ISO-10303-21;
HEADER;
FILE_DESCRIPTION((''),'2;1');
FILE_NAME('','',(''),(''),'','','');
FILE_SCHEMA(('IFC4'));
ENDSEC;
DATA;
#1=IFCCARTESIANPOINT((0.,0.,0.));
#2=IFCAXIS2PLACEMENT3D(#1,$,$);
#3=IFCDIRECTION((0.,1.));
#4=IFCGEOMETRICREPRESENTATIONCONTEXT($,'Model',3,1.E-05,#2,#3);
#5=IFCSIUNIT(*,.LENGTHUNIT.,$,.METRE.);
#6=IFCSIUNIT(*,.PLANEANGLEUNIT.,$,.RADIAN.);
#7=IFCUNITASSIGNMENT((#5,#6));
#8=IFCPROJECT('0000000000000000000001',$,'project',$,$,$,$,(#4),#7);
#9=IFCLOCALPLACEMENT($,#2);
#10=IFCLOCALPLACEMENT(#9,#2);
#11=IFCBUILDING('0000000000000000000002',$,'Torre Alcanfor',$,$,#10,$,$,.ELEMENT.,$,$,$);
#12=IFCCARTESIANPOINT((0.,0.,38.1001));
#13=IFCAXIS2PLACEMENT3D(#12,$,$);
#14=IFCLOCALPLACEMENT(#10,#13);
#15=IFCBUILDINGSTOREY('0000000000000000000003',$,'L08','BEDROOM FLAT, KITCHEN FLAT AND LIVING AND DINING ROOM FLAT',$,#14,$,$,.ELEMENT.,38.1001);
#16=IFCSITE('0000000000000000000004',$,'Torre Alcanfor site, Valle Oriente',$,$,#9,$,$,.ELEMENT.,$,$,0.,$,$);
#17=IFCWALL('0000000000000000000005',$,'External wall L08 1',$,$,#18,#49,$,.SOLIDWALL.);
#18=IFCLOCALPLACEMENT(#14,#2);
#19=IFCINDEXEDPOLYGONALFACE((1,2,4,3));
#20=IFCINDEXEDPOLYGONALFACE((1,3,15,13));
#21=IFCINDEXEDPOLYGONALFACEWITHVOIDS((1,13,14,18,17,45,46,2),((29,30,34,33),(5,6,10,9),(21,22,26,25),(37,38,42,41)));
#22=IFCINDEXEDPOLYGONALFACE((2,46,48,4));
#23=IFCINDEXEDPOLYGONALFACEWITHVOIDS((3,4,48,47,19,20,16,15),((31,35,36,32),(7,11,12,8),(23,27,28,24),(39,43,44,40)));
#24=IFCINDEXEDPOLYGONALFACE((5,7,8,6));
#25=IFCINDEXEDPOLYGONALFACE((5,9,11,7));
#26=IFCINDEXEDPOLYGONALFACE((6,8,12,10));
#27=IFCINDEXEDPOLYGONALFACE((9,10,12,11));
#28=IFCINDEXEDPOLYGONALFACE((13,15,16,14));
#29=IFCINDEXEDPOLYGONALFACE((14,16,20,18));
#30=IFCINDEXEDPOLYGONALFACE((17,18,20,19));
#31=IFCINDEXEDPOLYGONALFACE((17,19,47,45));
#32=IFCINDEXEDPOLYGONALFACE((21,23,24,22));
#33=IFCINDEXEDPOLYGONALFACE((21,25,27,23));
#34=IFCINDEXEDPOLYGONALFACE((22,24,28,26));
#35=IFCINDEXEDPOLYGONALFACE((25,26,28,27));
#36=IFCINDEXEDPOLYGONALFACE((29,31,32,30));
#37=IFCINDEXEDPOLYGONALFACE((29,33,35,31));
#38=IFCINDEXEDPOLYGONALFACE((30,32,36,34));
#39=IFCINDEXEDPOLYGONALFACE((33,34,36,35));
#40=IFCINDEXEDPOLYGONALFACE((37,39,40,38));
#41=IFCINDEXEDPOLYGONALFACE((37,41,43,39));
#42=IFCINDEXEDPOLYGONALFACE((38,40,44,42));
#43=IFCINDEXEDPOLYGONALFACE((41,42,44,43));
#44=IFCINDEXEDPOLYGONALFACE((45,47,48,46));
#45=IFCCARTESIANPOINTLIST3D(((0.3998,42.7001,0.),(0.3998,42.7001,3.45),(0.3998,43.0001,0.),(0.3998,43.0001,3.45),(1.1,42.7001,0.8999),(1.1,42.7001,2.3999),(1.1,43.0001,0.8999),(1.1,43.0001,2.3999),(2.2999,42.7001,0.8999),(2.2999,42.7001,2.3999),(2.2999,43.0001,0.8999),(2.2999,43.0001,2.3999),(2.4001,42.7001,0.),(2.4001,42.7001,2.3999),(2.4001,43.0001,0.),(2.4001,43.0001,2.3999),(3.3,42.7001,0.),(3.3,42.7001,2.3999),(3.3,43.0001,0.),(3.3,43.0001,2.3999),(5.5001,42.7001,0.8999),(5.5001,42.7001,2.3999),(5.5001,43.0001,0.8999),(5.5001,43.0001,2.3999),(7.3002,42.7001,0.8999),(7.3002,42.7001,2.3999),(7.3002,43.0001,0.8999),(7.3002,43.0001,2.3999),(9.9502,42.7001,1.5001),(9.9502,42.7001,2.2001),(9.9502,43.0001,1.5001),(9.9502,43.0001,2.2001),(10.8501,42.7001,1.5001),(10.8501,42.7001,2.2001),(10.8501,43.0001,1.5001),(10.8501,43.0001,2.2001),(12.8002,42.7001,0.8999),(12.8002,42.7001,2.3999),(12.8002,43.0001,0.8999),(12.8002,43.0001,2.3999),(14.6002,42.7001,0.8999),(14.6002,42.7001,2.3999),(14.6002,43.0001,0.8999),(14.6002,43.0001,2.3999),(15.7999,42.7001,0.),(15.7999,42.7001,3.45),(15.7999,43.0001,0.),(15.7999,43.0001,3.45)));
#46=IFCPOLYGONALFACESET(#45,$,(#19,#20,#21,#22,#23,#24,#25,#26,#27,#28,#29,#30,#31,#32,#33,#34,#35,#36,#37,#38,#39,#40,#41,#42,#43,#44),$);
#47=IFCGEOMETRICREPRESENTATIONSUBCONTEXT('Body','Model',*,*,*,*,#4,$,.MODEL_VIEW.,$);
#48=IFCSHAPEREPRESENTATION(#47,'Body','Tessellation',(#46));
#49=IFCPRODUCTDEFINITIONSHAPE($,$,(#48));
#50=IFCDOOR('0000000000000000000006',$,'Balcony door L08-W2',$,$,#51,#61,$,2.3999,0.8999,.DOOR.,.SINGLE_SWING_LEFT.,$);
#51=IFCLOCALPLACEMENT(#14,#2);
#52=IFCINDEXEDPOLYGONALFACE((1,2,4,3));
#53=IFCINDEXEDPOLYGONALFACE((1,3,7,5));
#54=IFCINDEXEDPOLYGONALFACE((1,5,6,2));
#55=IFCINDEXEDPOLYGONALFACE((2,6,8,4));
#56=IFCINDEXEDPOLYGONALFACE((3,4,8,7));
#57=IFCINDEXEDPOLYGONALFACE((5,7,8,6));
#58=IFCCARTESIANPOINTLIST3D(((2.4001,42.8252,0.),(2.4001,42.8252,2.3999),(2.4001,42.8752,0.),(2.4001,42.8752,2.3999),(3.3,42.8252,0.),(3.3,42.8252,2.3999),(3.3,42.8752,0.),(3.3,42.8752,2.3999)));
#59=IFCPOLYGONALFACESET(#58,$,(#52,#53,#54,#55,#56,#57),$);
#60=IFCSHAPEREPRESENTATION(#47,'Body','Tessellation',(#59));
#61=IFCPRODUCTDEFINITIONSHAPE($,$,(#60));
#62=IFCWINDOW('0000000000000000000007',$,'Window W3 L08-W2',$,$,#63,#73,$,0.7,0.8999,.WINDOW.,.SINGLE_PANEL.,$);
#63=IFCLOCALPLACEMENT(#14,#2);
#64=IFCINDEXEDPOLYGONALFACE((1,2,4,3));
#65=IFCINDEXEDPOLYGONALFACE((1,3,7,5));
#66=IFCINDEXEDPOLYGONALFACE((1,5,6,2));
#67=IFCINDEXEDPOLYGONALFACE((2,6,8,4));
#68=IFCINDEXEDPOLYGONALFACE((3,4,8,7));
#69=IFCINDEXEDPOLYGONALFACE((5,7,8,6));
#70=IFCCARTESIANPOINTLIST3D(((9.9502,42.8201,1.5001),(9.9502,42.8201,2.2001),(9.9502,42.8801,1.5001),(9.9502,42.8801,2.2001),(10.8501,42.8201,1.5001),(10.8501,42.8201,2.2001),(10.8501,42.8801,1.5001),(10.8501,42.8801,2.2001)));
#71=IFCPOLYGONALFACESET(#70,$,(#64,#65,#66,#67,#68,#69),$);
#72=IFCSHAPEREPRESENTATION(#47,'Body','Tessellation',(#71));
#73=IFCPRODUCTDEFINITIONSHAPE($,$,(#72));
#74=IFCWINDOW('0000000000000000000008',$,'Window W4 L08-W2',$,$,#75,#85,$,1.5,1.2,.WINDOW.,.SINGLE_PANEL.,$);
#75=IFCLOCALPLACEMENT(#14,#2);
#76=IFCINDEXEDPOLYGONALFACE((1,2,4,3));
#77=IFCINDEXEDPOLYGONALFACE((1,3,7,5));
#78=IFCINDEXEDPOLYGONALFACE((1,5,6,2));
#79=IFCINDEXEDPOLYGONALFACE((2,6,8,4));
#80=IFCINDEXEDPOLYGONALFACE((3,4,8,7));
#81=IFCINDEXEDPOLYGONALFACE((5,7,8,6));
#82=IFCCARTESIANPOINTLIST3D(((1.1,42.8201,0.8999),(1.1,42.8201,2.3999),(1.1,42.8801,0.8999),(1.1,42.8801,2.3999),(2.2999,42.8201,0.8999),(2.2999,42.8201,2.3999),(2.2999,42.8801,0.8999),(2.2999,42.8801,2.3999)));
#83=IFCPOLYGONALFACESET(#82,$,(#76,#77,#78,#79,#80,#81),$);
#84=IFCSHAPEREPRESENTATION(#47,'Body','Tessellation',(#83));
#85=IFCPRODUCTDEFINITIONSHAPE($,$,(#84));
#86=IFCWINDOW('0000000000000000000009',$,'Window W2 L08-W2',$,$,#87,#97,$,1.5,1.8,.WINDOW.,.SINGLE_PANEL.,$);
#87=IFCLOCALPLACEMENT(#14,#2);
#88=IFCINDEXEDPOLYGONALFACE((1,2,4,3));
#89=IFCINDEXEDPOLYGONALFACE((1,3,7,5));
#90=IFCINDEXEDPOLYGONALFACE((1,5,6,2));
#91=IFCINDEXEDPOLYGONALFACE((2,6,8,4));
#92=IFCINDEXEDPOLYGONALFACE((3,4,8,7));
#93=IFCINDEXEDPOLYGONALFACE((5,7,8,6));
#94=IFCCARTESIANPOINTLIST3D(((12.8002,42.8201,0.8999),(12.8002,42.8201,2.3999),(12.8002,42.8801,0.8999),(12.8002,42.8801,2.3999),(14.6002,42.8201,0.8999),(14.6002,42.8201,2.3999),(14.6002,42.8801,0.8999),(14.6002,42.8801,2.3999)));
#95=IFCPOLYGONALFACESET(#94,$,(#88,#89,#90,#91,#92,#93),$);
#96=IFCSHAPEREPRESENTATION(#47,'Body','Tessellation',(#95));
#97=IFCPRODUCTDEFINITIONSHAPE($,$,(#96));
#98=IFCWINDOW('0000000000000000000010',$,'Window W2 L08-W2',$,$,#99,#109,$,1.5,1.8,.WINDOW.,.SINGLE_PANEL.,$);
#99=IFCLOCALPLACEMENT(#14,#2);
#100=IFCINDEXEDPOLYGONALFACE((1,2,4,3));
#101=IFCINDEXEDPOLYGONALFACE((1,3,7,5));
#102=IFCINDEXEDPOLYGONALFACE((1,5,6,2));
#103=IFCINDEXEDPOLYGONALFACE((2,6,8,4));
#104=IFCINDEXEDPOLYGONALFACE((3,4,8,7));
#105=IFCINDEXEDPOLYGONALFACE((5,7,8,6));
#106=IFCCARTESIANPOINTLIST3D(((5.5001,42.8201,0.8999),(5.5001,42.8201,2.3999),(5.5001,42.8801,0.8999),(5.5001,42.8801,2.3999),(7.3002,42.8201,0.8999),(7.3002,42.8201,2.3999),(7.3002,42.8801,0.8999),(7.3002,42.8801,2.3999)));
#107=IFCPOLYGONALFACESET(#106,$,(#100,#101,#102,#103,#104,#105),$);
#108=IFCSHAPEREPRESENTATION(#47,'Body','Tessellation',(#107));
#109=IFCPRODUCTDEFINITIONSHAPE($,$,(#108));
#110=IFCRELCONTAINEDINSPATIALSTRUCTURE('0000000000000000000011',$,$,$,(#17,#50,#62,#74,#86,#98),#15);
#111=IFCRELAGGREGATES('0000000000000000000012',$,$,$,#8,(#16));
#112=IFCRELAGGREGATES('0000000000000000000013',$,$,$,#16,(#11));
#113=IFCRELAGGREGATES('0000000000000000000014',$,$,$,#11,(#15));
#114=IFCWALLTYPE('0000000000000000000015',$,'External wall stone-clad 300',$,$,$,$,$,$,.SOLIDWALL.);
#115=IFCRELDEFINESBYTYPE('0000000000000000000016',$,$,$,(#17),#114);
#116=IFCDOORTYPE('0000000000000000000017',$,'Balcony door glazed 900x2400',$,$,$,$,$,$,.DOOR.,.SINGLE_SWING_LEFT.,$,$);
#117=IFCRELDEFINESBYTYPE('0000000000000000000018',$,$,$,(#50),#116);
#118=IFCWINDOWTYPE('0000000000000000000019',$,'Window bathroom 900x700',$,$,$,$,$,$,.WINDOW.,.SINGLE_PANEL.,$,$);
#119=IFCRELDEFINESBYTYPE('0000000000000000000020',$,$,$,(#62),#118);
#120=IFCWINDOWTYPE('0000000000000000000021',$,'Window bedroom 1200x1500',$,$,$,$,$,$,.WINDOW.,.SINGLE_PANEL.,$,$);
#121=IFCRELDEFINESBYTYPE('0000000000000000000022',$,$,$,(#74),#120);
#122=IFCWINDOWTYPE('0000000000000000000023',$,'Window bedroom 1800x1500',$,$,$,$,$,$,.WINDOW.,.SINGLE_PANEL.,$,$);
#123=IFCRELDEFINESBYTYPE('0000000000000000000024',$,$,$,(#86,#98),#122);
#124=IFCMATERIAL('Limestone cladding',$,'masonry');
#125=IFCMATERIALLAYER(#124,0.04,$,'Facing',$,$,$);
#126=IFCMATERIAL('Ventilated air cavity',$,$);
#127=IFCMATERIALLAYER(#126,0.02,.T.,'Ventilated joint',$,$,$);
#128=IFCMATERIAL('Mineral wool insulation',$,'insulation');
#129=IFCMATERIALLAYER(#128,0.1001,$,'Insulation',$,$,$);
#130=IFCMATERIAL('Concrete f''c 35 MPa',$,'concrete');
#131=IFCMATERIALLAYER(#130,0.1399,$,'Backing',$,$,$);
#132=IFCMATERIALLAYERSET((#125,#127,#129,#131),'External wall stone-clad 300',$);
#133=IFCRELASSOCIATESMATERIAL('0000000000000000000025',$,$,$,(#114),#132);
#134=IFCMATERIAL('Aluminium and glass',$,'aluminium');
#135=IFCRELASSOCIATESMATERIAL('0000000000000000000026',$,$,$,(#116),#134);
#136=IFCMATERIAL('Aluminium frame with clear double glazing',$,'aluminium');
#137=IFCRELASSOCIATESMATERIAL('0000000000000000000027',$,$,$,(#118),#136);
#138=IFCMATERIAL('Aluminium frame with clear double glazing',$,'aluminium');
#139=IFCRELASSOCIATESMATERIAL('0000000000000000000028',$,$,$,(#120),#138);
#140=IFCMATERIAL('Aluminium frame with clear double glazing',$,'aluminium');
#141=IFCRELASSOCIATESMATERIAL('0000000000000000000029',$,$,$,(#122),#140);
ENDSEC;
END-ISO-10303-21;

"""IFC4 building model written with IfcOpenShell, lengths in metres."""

from ifc_helpers import new_model, si_unit, direction, frame, frame_2d, origin, place, context, subcontext, project, spatial, rectangle, extrude, material, layer, layer_set, type_object, element, fill, save


model = new_model("IFC4")

# Units and contexts
model_context = context("Model", 3, precision=1e-05, world=origin(), true_north=direction((0.0, 1.0)))
body_context = subcontext(model_context, "Body", "Model", "MODEL_VIEW")
ifc_project = project(units=[si_unit("LENGTHUNIT", "METRE"), si_unit("PLANEANGLEUNIT", "RADIAN")], contexts=[model_context])

# Site, building, storey
site_placement = place(None, origin())
site = spatial("IfcSite", under=ifc_project, at=site_placement, Name="Torre Alcanfor site, Valle Oriente", CompositionType="ELEMENT", RefElevation=0.0)
building_placement = place(site_placement, origin())
building = spatial("IfcBuilding", under=site, at=building_placement, Name="Torre Alcanfor", CompositionType="ELEMENT")
storey_placement = place(building_placement, frame((0.0, 0.0, 38.1001)))
storey = spatial("IfcBuildingStorey", under=building, at=storey_placement, Name="L08", Description="BEDROOM FLAT, KITCHEN FLAT AND LIVING AND DINING ROOM FLAT", CompositionType="ELEMENT", Elevation=38.1001)

# Wall, openings, door, windows
ifc_material_1 = material(Name="Limestone cladding", Category="masonry")
ifc_layer_1 = layer(ifc_material_1, 0.04, Name="Facing")
ifc_material_2 = material(Name="Ventilated air cavity")
ifc_layer_2 = layer(ifc_material_2, 0.02, ventilated=True, Name="Ventilated joint")
ifc_material_3 = material(Name="Mineral wool insulation", Category="insulation")
ifc_layer_3 = layer(ifc_material_3, 0.1001, Name="Insulation")
ifc_material_4 = material(Name="Concrete f'c 35 MPa", Category="concrete")
ifc_layer_4 = layer(ifc_material_4, 0.1399, Name="Backing")
ifc_layer_set_1 = layer_set([ifc_layer_1, ifc_layer_2, ifc_layer_3, ifc_layer_4], Name="External wall stone-clad 300")
wall_type = type_object("IfcWallType", Name="External wall stone-clad 300", PredefinedType="SOLIDWALL", material=ifc_layer_set_1)
wall_placement = place(storey_placement, frame((15.8, 42.8501, 0.0), z_axis=(0.0, 0.0, 1.0), x_axis=(-1.0, 0.0, 0.0)))
wall = element("IfcWall", 1, at=wall_placement, inside=storey, type_object=wall_type, Name="External wall L08 1", PredefinedType="SOLIDWALL", context=body_context, shape_type="SweptSolid", body=[
    extrude(rectangle(XDim=15.4001, YDim=0.3, at=frame_2d((7.7002, 0.0))), origin(), (0.0, 0.0, 1.0), 3.45),
])
opening_1_placement = place(wall_placement, frame((1.2, 0.0, 0.8999)))
opening_1 = element("IfcOpeningElement", 2, at=opening_1_placement, cuts=wall, PredefinedType="OPENING", context=body_context, shape_type="SweptSolid", body=[
    extrude(rectangle(XDim=1.8, YDim=1.5, at=frame_2d((0.8999, 0.75))), frame((0.0, 0.1599, 0.0), z_axis=(0.0, -1.0, 0.0), x_axis=(1.0, 0.0, 0.0)), (0.0, 0.0, 1.0), 0.3201),
])
opening_2_placement = place(wall_placement, frame((4.95, 0.0, 1.5)))
opening_2 = element("IfcOpeningElement", 3, at=opening_2_placement, cuts=wall, PredefinedType="OPENING", context=body_context, shape_type="SweptSolid", body=[
    extrude(rectangle(XDim=0.8999, YDim=0.7, at=frame_2d((0.45, 0.3501))), frame((0.0, 0.1599, 0.0), z_axis=(0.0, -1.0, 0.0), x_axis=(1.0, 0.0, 0.0)), (0.0, 0.0, 1.0), 0.3201),
])
opening_3_placement = place(wall_placement, frame((8.5, 0.0, 0.8999)))
opening_3 = element("IfcOpeningElement", 4, at=opening_3_placement, cuts=wall, PredefinedType="OPENING", context=body_context, shape_type="SweptSolid", body=[
    extrude(rectangle(XDim=1.8, YDim=1.5, at=frame_2d((0.8999, 0.75))), frame((0.0, 0.1599, 0.0), z_axis=(0.0, -1.0, 0.0), x_axis=(1.0, 0.0, 0.0)), (0.0, 0.0, 1.0), 0.3201),
])
opening_4_placement = place(wall_placement, frame((12.5, 0.0, 0.0)))
opening_4 = element("IfcOpeningElement", 5, at=opening_4_placement, cuts=wall, PredefinedType="OPENING", context=body_context, shape_type="SweptSolid", body=[
    extrude(rectangle(XDim=0.8999, YDim=2.3999, at=frame_2d((0.45, 1.2))), frame((0.0, 0.1599, 0.0), z_axis=(0.0, -1.0, 0.0), x_axis=(1.0, 0.0, 0.0)), (0.0, 0.0, 1.0), 0.3201),
])
opening_5_placement = place(wall_placement, frame((13.5, 0.0, 0.8999)))
opening_5 = element("IfcOpeningElement", 6, at=opening_5_placement, cuts=wall, PredefinedType="OPENING", context=body_context, shape_type="SweptSolid", body=[
    extrude(rectangle(XDim=1.2, YDim=1.5, at=frame_2d((0.6001, 0.75))), frame((0.0, 0.1599, 0.0), z_axis=(0.0, -1.0, 0.0), x_axis=(1.0, 0.0, 0.0)), (0.0, 0.0, 1.0), 0.3201),
])
ifc_material_5 = material(Name="Aluminium and glass", Category="aluminium")
door_type = type_object("IfcDoorType", Name="Balcony door glazed 900x2400", OperationType="SINGLE_SWING_LEFT", PredefinedType="DOOR", material=ifc_material_5)
door_placement = place(opening_4_placement, origin())
door = element("IfcDoor", 7, at=door_placement, inside=storey, type_object=door_type, Name="Balcony door L08-W2", OperationType="SINGLE_SWING_LEFT", OverallHeight=2.3999, OverallWidth=0.8999, PredefinedType="DOOR", context=body_context, shape_type="SweptSolid", body=[
    extrude(rectangle(XDim=0.8999, YDim=2.3999, at=frame_2d((0.45, 1.2))), frame((0.0, 0.0249, 0.0), z_axis=(0.0, -1.0, 0.0), x_axis=(1.0, 0.0, 0.0)), (0.0, 0.0, 1.0), 0.05),
])
fill(opening_4, door)
ifc_material_6 = material(Name="Aluminium frame with clear double glazing", Category="aluminium")
window_type_1 = type_object("IfcWindowType", Name="Window bathroom 900x700", PartitioningType="SINGLE_PANEL", PredefinedType="WINDOW", material=ifc_material_6)
window_1_placement = place(opening_2_placement, origin())
window_1 = element("IfcWindow", 8, at=window_1_placement, inside=storey, type_object=window_type_1, Name="Window W3 L08-W2", OverallHeight=0.7, OverallWidth=0.8999, PartitioningType="SINGLE_PANEL", PredefinedType="WINDOW", context=body_context, shape_type="SweptSolid", body=[
    extrude(rectangle(XDim=0.8999, YDim=0.7, at=frame_2d((0.45, 0.3501))), frame((0.0, 0.03, 0.0), z_axis=(0.0, -1.0, 0.0), x_axis=(1.0, 0.0, 0.0)), (0.0, 0.0, 1.0), 0.0601),
])
fill(opening_2, window_1)
ifc_material_7 = material(Name="Aluminium frame with clear double glazing", Category="aluminium")
window_type_2 = type_object("IfcWindowType", Name="Window bedroom 1200x1500", PartitioningType="SINGLE_PANEL", PredefinedType="WINDOW", material=ifc_material_7)
window_2_placement = place(opening_5_placement, origin())
window_2 = element("IfcWindow", 9, at=window_2_placement, inside=storey, type_object=window_type_2, Name="Window W4 L08-W2", OverallHeight=1.5, OverallWidth=1.2, PartitioningType="SINGLE_PANEL", PredefinedType="WINDOW", context=body_context, shape_type="SweptSolid", body=[
    extrude(rectangle(XDim=1.2, YDim=1.5, at=frame_2d((0.6001, 0.75))), frame((0.0, 0.03, 0.0), z_axis=(0.0, -1.0, 0.0), x_axis=(1.0, 0.0, 0.0)), (0.0, 0.0, 1.0), 0.0601),
])
fill(opening_5, window_2)
ifc_material_8 = material(Name="Aluminium frame with clear double glazing", Category="aluminium")
window_type_3 = type_object("IfcWindowType", Name="Window bedroom 1800x1500", PartitioningType="SINGLE_PANEL", PredefinedType="WINDOW", material=ifc_material_8)
window_3_placement = place(opening_1_placement, origin())
window_3 = element("IfcWindow", 10, at=window_3_placement, inside=storey, type_object=window_type_3, Name="Window W2 L08-W2", OverallHeight=1.5, OverallWidth=1.8, PartitioningType="SINGLE_PANEL", PredefinedType="WINDOW", context=body_context, shape_type="SweptSolid", body=[
    extrude(rectangle(XDim=1.8, YDim=1.5, at=frame_2d((0.8999, 0.75))), frame((0.0, 0.03, 0.0), z_axis=(0.0, -1.0, 0.0), x_axis=(1.0, 0.0, 0.0)), (0.0, 0.0, 1.0), 0.0601),
])
fill(opening_1, window_3)
window_4_placement = place(opening_3_placement, origin())
window_4 = element("IfcWindow", 11, at=window_4_placement, inside=storey, type_object=window_type_3, Name="Window W2 L08-W2", OverallHeight=1.5, OverallWidth=1.8, PartitioningType="SINGLE_PANEL", PredefinedType="WINDOW", context=body_context, shape_type="SweptSolid", body=[
    extrude(rectangle(XDim=1.8, YDim=1.5, at=frame_2d((0.8999, 0.75))), frame((0.0, 0.03, 0.0), z_axis=(0.0, -1.0, 0.0), x_axis=(1.0, 0.0, 0.0)), (0.0, 0.0, 1.0), 0.0601),
])
fill(opening_3, window_4)

save(model, "model.ifc")
